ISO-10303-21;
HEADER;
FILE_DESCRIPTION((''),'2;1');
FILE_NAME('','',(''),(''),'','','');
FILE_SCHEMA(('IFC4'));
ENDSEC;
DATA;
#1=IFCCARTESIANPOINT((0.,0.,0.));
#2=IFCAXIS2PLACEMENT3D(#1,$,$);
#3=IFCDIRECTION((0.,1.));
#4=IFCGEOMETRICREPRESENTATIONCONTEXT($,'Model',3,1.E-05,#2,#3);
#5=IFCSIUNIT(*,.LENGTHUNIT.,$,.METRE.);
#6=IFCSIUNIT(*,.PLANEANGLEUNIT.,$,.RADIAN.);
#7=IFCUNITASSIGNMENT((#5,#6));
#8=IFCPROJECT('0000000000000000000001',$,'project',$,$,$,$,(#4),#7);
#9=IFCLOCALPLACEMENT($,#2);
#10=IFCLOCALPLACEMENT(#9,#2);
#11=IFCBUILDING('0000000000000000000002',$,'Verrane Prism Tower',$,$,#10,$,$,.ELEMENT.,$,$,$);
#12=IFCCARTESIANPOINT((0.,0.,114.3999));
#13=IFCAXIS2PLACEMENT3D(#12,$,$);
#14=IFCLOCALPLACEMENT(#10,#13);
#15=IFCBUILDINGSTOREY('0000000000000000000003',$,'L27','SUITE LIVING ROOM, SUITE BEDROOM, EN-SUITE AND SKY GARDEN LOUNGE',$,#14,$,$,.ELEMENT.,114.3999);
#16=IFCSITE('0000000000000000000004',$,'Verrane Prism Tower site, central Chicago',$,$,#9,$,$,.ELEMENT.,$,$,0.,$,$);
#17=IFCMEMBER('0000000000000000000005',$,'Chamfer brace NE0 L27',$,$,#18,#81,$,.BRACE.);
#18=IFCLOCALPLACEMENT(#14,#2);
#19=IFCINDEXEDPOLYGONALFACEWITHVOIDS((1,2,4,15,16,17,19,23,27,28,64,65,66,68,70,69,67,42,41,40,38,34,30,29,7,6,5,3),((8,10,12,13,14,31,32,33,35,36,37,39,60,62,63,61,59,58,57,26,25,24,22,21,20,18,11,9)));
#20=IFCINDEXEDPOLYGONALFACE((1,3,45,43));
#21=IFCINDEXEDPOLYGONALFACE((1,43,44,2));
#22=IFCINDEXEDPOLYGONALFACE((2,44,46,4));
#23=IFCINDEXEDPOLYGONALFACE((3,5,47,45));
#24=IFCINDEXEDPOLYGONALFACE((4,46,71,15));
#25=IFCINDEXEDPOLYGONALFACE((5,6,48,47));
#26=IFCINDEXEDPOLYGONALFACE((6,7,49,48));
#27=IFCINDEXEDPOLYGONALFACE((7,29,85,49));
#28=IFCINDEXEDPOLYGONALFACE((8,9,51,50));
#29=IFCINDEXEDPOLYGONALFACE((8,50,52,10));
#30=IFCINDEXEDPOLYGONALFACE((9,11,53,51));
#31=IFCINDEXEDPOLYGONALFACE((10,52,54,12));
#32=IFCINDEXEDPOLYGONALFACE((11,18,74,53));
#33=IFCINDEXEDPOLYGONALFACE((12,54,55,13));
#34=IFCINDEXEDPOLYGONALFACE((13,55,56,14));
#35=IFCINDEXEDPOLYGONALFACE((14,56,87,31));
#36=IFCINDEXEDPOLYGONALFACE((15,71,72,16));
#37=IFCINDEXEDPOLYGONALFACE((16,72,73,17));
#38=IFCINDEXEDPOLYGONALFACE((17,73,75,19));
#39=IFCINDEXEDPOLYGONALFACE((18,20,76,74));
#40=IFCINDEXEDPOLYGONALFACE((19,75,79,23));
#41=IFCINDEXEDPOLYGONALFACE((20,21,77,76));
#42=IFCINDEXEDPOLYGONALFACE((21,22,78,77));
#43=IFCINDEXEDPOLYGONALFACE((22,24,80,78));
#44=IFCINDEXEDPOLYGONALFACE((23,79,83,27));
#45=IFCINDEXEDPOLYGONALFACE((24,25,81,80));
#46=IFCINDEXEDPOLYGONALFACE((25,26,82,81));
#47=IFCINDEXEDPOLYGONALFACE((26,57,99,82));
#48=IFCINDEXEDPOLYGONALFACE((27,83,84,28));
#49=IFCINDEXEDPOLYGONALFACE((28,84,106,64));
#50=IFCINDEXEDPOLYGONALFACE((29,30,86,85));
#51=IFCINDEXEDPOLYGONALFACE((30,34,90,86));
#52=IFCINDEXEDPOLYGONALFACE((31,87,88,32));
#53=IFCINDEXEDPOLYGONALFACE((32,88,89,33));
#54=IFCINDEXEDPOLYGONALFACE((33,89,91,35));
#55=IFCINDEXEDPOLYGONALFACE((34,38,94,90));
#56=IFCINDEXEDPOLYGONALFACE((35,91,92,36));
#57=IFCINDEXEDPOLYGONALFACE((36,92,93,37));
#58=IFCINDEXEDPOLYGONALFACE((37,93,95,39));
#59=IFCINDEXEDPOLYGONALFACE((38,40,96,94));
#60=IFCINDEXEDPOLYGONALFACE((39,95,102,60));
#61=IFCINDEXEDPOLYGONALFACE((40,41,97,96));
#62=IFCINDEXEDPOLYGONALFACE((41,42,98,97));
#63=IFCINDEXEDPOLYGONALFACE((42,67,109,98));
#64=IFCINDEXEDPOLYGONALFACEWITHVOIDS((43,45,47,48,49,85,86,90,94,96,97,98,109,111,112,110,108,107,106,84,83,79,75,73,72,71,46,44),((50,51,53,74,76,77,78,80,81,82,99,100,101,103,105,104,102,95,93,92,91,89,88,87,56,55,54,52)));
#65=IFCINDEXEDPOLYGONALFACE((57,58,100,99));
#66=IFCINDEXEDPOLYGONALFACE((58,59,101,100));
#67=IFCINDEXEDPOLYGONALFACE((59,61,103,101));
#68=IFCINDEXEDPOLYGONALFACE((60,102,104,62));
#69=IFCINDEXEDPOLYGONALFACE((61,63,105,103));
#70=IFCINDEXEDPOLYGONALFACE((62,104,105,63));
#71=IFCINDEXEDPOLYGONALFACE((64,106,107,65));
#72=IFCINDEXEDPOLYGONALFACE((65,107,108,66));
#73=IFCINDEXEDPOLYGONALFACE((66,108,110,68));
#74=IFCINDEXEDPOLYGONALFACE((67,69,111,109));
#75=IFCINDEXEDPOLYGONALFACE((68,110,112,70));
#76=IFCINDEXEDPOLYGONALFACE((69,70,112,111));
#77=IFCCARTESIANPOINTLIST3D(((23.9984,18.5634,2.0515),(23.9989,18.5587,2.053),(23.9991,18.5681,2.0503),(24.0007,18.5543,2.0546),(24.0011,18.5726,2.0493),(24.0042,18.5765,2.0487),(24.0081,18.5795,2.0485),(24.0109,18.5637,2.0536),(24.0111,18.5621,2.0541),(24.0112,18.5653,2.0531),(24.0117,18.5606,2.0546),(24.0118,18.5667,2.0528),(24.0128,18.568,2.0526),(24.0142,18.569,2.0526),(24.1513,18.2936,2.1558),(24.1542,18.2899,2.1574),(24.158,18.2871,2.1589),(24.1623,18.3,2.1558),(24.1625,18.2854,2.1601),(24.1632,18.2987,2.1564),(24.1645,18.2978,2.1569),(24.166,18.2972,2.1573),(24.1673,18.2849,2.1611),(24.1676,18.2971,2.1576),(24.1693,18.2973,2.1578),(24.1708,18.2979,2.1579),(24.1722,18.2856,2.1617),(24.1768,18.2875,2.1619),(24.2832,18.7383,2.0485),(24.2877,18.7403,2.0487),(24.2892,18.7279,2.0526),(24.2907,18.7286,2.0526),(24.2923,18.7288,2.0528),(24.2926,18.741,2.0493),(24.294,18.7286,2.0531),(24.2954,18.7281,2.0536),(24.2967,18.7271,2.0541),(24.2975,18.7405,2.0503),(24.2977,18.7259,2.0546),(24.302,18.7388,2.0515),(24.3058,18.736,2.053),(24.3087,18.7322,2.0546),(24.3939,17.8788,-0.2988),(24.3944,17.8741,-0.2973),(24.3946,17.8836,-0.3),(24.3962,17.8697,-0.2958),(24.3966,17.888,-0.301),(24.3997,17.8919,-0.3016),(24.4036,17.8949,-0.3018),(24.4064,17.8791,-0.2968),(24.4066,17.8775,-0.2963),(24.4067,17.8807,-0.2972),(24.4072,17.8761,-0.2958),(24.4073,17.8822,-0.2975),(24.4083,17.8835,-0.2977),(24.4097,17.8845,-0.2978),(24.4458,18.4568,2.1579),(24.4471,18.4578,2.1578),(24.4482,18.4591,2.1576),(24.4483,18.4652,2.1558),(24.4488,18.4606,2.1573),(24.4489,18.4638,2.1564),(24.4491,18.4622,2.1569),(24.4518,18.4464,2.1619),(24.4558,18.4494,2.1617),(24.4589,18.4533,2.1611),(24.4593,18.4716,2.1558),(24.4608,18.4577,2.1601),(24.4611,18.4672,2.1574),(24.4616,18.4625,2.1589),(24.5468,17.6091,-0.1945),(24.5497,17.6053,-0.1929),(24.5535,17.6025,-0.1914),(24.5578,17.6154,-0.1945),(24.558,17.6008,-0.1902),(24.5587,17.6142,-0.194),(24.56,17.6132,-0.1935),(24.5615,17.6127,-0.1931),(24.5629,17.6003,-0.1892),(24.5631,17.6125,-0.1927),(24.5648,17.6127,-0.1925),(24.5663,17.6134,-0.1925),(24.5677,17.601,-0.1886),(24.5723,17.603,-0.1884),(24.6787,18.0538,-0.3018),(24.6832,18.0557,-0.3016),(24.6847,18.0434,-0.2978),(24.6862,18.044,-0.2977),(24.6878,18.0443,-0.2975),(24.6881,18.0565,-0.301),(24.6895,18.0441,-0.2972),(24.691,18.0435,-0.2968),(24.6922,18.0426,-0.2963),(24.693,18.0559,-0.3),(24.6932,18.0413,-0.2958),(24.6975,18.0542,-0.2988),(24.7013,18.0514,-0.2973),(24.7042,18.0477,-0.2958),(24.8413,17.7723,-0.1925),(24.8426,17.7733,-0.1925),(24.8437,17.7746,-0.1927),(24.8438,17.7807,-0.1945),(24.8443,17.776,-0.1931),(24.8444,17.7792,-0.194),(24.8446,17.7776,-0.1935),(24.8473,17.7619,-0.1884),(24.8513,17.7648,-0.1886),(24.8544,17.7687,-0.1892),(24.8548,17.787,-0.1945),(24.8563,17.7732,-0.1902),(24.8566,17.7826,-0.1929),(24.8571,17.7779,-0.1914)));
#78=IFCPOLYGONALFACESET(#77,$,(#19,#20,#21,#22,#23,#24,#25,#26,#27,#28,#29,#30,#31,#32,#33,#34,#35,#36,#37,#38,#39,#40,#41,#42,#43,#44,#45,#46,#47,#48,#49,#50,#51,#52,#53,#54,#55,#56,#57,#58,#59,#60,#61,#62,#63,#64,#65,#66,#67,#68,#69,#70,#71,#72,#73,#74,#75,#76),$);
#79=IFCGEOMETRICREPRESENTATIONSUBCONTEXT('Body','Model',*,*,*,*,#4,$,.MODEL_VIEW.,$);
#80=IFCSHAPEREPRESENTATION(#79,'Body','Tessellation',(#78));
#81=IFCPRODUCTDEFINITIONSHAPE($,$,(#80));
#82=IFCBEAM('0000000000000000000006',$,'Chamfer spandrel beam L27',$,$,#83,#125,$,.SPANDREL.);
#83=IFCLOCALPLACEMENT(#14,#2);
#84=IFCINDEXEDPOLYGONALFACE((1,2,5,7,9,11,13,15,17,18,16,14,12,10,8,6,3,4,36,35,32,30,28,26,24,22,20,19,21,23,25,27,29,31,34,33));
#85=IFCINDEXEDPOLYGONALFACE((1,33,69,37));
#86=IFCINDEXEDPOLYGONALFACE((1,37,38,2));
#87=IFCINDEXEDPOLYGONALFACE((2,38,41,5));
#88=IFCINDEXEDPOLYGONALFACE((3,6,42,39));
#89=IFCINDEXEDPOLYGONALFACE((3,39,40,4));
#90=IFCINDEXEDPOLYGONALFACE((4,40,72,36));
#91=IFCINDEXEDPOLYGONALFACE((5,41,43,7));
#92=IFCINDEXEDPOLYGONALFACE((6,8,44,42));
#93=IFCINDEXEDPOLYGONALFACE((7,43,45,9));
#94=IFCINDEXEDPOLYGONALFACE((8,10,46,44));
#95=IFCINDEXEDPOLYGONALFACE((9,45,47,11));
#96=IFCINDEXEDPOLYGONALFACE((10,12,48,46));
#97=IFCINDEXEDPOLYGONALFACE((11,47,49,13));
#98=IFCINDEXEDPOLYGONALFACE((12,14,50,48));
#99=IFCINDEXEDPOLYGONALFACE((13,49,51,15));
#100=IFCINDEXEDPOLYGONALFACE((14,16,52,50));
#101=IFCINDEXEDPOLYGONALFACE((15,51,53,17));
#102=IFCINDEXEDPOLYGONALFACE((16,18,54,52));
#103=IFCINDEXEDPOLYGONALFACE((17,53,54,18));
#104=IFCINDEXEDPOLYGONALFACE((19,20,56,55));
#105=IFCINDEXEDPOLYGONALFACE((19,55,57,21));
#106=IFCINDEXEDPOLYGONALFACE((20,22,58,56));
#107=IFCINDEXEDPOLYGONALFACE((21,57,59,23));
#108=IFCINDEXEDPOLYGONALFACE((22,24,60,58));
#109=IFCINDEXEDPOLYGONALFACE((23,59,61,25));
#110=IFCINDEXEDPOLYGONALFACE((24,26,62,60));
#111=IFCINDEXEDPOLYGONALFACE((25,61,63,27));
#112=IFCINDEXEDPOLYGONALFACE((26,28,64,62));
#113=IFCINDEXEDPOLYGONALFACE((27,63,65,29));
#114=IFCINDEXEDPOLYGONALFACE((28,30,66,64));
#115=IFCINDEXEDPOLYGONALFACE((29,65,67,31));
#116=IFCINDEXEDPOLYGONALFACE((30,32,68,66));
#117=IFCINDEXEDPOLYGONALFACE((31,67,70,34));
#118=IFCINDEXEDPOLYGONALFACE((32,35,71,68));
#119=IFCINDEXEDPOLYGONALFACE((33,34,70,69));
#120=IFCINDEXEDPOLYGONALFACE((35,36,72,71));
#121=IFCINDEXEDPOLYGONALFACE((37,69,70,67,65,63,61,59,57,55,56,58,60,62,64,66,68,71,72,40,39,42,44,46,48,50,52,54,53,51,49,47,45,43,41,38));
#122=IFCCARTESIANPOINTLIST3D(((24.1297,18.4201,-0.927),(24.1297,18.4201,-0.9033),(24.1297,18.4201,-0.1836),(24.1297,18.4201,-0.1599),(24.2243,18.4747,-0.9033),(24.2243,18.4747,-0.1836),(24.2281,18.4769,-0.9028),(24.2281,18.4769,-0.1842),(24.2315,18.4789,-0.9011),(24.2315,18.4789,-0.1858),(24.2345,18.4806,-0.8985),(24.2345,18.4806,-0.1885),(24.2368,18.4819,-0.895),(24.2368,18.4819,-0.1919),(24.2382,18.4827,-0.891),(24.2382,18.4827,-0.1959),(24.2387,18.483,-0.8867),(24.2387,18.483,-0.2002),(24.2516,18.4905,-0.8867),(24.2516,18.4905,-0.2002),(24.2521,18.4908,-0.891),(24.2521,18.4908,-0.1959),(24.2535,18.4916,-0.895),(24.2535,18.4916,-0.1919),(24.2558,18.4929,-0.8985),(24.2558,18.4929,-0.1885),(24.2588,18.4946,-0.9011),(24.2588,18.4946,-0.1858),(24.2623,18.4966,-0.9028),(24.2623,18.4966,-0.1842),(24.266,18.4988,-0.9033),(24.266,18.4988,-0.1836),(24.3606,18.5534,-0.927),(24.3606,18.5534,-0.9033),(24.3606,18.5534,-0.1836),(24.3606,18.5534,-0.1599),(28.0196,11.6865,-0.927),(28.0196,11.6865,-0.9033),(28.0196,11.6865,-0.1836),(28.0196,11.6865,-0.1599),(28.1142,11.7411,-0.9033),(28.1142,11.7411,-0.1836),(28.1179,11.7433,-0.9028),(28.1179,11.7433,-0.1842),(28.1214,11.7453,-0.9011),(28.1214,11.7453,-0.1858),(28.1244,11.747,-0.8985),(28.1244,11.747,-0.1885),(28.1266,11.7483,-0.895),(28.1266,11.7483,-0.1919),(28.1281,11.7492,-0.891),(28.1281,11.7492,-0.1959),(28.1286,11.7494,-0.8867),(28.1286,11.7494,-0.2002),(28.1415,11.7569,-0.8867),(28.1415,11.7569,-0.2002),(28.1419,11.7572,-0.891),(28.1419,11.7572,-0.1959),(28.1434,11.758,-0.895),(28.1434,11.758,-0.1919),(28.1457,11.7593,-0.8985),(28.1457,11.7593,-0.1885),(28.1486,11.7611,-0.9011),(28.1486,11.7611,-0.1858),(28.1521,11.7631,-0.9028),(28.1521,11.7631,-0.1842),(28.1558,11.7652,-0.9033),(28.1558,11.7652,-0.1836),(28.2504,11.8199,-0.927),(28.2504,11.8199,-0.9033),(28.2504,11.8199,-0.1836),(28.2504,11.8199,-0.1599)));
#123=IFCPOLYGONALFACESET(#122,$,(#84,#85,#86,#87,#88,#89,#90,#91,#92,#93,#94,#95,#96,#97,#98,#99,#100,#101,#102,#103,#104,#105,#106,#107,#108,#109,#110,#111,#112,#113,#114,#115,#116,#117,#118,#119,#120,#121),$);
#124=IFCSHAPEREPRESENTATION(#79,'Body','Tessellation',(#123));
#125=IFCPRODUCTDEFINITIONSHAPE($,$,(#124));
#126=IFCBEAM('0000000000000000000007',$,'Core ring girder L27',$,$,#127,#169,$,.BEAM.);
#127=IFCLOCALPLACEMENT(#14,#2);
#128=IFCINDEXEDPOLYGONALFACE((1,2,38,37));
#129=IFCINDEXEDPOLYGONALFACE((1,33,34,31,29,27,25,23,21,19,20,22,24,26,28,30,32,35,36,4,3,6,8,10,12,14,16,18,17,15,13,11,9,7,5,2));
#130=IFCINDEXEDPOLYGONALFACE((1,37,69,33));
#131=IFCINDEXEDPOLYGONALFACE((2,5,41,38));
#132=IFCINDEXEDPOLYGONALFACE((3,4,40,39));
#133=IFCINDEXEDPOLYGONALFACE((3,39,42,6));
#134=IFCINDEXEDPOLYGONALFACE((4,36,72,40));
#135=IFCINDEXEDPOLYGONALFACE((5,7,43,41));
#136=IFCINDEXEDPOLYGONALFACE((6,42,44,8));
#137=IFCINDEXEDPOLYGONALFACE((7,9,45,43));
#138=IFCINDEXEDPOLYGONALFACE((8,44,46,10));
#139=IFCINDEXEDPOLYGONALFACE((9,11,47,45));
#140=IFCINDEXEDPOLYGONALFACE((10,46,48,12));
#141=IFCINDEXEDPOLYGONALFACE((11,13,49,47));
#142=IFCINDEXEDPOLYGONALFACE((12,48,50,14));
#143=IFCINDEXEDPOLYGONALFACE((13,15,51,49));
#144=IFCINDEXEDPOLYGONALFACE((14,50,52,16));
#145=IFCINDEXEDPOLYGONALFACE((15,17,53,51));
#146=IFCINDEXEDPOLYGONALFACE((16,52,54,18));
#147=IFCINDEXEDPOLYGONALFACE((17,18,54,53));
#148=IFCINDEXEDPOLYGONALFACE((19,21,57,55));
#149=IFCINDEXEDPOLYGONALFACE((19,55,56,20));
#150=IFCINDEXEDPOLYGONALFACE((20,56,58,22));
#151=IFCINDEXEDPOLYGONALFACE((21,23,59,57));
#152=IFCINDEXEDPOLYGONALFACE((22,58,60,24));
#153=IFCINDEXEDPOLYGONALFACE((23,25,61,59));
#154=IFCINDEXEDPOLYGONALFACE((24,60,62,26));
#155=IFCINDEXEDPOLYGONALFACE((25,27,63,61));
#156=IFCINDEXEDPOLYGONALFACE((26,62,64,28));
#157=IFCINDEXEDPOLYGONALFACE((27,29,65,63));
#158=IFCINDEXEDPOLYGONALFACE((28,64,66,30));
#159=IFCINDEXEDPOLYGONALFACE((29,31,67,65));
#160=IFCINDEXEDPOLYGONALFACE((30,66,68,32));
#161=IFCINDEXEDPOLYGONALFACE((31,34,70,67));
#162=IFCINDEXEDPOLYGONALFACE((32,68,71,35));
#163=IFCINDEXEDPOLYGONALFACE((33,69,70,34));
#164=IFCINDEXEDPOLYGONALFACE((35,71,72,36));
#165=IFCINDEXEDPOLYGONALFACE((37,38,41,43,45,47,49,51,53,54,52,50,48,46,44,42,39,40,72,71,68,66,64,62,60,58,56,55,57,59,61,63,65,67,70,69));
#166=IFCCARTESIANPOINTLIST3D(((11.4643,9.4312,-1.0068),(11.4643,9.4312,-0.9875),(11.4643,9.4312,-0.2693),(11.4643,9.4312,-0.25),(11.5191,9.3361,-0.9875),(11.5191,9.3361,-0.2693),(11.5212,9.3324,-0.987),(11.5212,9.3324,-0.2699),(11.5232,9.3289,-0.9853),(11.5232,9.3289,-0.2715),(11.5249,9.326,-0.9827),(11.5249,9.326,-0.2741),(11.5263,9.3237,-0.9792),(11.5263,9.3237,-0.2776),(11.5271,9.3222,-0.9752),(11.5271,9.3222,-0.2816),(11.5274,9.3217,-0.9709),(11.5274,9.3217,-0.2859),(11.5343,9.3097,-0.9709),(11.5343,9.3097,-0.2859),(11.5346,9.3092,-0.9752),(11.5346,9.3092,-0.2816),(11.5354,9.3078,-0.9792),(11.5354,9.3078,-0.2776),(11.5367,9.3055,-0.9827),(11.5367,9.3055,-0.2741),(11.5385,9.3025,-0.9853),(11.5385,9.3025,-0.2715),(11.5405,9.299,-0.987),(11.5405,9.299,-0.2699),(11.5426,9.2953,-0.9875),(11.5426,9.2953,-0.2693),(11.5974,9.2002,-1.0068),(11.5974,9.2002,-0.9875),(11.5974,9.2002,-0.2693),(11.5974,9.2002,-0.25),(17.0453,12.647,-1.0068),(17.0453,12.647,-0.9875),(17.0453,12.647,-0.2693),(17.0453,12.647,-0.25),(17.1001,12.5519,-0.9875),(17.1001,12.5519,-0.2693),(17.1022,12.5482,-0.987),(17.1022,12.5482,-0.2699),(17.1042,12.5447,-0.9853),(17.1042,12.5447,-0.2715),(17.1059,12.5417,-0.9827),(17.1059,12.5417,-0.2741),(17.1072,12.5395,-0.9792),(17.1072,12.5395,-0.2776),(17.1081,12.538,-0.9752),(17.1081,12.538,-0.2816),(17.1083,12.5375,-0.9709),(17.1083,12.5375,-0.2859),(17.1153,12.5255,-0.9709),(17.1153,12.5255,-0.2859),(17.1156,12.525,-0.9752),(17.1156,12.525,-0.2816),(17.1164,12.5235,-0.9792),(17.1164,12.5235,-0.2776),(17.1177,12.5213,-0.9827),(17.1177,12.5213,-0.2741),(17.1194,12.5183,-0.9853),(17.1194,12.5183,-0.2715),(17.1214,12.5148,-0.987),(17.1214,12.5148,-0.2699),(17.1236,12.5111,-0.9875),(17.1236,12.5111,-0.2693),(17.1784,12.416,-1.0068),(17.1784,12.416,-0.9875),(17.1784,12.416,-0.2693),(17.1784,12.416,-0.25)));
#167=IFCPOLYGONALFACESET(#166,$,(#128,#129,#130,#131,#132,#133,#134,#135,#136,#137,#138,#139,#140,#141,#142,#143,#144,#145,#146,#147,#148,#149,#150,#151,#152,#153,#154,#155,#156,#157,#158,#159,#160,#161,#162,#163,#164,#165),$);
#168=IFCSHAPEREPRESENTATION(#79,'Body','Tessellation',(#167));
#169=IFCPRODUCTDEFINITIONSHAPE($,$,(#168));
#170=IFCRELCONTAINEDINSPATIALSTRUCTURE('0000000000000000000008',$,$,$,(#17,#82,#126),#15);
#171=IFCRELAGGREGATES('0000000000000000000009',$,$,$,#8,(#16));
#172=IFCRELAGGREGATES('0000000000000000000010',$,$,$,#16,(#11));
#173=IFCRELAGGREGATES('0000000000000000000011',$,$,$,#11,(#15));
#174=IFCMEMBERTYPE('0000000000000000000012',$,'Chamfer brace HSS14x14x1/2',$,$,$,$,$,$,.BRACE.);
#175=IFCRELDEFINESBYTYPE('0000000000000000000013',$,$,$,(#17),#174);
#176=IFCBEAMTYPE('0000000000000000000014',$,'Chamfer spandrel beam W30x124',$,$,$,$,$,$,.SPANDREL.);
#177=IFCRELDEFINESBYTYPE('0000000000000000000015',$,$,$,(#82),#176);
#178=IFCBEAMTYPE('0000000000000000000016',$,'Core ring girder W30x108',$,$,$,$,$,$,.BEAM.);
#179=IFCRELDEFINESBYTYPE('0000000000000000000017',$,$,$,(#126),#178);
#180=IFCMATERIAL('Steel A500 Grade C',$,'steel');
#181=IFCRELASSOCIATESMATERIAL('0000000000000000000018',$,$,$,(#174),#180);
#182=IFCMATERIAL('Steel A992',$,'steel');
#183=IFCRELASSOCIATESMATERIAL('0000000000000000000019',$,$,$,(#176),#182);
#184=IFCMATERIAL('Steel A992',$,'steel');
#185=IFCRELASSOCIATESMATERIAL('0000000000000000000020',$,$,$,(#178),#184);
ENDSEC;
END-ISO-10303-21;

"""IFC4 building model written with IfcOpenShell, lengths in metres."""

from ifc_helpers import new_model, si_unit, direction, frame, origin, origin_2d, place, context, subcontext, project, spatial, hollow_rectangle, i_section, extrude, material, material_profile, profile_set, type_object, element, save


model = new_model("IFC4")

# Units and contexts
model_context = context("Model", 3, precision=1e-05, world=origin(), true_north=direction((0.0, 1.0)))
body_context = subcontext(model_context, "Body", "Model", "MODEL_VIEW")
ifc_project = project(units=[si_unit("LENGTHUNIT", "METRE"), si_unit("PLANEANGLEUNIT", "RADIAN")], contexts=[model_context])

# Site, building, storey
site_placement = place(None, origin())
site = spatial("IfcSite", under=ifc_project, at=site_placement, Name="Verrane Prism Tower site, central Chicago", CompositionType="ELEMENT", RefElevation=0.0)
building_placement = place(site_placement, origin())
building = spatial("IfcBuilding", under=site, at=building_placement, Name="Verrane Prism Tower", CompositionType="ELEMENT")
storey_placement = place(building_placement, frame((0.0, 0.0, 114.3999)))
storey = spatial("IfcBuildingStorey", under=building, at=storey_placement, Name="L27", Description="SUITE LIVING ROOM, SUITE BEDROOM, EN-SUITE AND SKY GARDEN LOUNGE", CompositionType="ELEMENT", Elevation=114.3999)

# Member
ifc_material_1 = material(Name="Steel A500 Grade C", Category="steel")
ifc_material_profile_1 = material_profile(ifc_material_1, hollow_rectangle(XDim=0.3557, YDim=0.3557, WallThickness=0.0127, InnerFilletRadius=0.0063, OuterFilletRadius=0.019, at=origin_2d()), Name="HSS14x14x1/2")
ifc_profile_set_1 = profile_set([ifc_material_profile_1], Name="Steel A500 Grade C")
member_type_1 = type_object("IfcMemberType", Name="Chamfer brace HSS14x14x1/2", PredefinedType="BRACE", material=ifc_profile_set_1)
member_1_placement = place(storey_placement, frame((24.6255, 17.8284, -0.2451), z_axis=(-0.159495, 0.276064, 0.947813), x_axis=(-0.865877, -0.500257, 0.0)))
element("IfcMember", 1, at=member_1_placement, inside=storey, type_object=member_type_1, Name="Chamfer brace NE0 L27", PredefinedType="BRACE", context=body_context, shape_type="SweptSolid", body=[
    extrude(hollow_rectangle(XDim=0.3557, YDim=0.3557, WallThickness=0.0127, InnerFilletRadius=0.0063, OuterFilletRadius=0.019, at=origin_2d()), origin(), (0.0, 0.0, 1.0), 2.4797),
])

# Beams
ifc_material_2 = material(Name="Steel A992", Category="steel")
ifc_material_profile_2 = material_profile(ifc_material_2, i_section(OverallWidth=0.2666, OverallDepth=0.7671, WebThickness=0.0149, FlangeThickness=0.0237, FilletRadius=0.0166, at=origin_2d()), Name="W30x124")
ifc_profile_set_2 = profile_set([ifc_material_profile_2], Name="Steel A992")
beam_type_1 = type_object("IfcBeamType", Name="Chamfer spandrel beam W30x124", PredefinedType="SPANDREL", material=ifc_profile_set_2)
beam_1_placement = place(storey_placement, frame((28.135, 11.7532, -0.5435), z_axis=(-0.500214, 0.865902, 0.0), x_axis=(-0.865902, -0.500214, 0.0)))
element("IfcBeam", 2, at=beam_1_placement, inside=storey, type_object=beam_type_1, Name="Chamfer spandrel beam L27", PredefinedType="SPANDREL", context=body_context, shape_type="SweptSolid", body=[
    extrude(i_section(OverallWidth=0.2666, OverallDepth=0.7671, WebThickness=0.0149, FlangeThickness=0.0237, FilletRadius=0.0166, at=origin_2d()), origin(), (0.0, 0.0, 1.0), 7.7764),
])
ifc_material_3 = material(Name="Steel A992", Category="steel")
ifc_material_profile_3 = material_profile(ifc_material_3, i_section(OverallWidth=0.2666, OverallDepth=0.7568, WebThickness=0.0139, FlangeThickness=0.0193, FilletRadius=0.0166, at=origin_2d()), Name="W30x108")
ifc_profile_set_3 = profile_set([ifc_material_profile_3], Name="Steel A992")
beam_type_2 = type_object("IfcBeamType", Name="Core ring girder W30x108", PredefinedType="BEAM", material=ifc_profile_set_3)
beam_2_placement = place(storey_placement, frame((17.1118, 12.5315, -0.6284), z_axis=(-0.866456, -0.499254, 0.0), x_axis=(0.499254, -0.866456, 0.0)))
element("IfcBeam", 3, at=beam_2_placement, inside=storey, type_object=beam_type_2, Name="Core ring girder L27", PredefinedType="BEAM", context=body_context, shape_type="SweptSolid", body=[
    extrude(i_section(OverallWidth=0.2666, OverallDepth=0.7568, WebThickness=0.0139, FlangeThickness=0.0193, FilletRadius=0.0166, at=origin_2d()), origin(), (0.0, 0.0, 1.0), 6.4412),
])

save(model, "model.ifc")
